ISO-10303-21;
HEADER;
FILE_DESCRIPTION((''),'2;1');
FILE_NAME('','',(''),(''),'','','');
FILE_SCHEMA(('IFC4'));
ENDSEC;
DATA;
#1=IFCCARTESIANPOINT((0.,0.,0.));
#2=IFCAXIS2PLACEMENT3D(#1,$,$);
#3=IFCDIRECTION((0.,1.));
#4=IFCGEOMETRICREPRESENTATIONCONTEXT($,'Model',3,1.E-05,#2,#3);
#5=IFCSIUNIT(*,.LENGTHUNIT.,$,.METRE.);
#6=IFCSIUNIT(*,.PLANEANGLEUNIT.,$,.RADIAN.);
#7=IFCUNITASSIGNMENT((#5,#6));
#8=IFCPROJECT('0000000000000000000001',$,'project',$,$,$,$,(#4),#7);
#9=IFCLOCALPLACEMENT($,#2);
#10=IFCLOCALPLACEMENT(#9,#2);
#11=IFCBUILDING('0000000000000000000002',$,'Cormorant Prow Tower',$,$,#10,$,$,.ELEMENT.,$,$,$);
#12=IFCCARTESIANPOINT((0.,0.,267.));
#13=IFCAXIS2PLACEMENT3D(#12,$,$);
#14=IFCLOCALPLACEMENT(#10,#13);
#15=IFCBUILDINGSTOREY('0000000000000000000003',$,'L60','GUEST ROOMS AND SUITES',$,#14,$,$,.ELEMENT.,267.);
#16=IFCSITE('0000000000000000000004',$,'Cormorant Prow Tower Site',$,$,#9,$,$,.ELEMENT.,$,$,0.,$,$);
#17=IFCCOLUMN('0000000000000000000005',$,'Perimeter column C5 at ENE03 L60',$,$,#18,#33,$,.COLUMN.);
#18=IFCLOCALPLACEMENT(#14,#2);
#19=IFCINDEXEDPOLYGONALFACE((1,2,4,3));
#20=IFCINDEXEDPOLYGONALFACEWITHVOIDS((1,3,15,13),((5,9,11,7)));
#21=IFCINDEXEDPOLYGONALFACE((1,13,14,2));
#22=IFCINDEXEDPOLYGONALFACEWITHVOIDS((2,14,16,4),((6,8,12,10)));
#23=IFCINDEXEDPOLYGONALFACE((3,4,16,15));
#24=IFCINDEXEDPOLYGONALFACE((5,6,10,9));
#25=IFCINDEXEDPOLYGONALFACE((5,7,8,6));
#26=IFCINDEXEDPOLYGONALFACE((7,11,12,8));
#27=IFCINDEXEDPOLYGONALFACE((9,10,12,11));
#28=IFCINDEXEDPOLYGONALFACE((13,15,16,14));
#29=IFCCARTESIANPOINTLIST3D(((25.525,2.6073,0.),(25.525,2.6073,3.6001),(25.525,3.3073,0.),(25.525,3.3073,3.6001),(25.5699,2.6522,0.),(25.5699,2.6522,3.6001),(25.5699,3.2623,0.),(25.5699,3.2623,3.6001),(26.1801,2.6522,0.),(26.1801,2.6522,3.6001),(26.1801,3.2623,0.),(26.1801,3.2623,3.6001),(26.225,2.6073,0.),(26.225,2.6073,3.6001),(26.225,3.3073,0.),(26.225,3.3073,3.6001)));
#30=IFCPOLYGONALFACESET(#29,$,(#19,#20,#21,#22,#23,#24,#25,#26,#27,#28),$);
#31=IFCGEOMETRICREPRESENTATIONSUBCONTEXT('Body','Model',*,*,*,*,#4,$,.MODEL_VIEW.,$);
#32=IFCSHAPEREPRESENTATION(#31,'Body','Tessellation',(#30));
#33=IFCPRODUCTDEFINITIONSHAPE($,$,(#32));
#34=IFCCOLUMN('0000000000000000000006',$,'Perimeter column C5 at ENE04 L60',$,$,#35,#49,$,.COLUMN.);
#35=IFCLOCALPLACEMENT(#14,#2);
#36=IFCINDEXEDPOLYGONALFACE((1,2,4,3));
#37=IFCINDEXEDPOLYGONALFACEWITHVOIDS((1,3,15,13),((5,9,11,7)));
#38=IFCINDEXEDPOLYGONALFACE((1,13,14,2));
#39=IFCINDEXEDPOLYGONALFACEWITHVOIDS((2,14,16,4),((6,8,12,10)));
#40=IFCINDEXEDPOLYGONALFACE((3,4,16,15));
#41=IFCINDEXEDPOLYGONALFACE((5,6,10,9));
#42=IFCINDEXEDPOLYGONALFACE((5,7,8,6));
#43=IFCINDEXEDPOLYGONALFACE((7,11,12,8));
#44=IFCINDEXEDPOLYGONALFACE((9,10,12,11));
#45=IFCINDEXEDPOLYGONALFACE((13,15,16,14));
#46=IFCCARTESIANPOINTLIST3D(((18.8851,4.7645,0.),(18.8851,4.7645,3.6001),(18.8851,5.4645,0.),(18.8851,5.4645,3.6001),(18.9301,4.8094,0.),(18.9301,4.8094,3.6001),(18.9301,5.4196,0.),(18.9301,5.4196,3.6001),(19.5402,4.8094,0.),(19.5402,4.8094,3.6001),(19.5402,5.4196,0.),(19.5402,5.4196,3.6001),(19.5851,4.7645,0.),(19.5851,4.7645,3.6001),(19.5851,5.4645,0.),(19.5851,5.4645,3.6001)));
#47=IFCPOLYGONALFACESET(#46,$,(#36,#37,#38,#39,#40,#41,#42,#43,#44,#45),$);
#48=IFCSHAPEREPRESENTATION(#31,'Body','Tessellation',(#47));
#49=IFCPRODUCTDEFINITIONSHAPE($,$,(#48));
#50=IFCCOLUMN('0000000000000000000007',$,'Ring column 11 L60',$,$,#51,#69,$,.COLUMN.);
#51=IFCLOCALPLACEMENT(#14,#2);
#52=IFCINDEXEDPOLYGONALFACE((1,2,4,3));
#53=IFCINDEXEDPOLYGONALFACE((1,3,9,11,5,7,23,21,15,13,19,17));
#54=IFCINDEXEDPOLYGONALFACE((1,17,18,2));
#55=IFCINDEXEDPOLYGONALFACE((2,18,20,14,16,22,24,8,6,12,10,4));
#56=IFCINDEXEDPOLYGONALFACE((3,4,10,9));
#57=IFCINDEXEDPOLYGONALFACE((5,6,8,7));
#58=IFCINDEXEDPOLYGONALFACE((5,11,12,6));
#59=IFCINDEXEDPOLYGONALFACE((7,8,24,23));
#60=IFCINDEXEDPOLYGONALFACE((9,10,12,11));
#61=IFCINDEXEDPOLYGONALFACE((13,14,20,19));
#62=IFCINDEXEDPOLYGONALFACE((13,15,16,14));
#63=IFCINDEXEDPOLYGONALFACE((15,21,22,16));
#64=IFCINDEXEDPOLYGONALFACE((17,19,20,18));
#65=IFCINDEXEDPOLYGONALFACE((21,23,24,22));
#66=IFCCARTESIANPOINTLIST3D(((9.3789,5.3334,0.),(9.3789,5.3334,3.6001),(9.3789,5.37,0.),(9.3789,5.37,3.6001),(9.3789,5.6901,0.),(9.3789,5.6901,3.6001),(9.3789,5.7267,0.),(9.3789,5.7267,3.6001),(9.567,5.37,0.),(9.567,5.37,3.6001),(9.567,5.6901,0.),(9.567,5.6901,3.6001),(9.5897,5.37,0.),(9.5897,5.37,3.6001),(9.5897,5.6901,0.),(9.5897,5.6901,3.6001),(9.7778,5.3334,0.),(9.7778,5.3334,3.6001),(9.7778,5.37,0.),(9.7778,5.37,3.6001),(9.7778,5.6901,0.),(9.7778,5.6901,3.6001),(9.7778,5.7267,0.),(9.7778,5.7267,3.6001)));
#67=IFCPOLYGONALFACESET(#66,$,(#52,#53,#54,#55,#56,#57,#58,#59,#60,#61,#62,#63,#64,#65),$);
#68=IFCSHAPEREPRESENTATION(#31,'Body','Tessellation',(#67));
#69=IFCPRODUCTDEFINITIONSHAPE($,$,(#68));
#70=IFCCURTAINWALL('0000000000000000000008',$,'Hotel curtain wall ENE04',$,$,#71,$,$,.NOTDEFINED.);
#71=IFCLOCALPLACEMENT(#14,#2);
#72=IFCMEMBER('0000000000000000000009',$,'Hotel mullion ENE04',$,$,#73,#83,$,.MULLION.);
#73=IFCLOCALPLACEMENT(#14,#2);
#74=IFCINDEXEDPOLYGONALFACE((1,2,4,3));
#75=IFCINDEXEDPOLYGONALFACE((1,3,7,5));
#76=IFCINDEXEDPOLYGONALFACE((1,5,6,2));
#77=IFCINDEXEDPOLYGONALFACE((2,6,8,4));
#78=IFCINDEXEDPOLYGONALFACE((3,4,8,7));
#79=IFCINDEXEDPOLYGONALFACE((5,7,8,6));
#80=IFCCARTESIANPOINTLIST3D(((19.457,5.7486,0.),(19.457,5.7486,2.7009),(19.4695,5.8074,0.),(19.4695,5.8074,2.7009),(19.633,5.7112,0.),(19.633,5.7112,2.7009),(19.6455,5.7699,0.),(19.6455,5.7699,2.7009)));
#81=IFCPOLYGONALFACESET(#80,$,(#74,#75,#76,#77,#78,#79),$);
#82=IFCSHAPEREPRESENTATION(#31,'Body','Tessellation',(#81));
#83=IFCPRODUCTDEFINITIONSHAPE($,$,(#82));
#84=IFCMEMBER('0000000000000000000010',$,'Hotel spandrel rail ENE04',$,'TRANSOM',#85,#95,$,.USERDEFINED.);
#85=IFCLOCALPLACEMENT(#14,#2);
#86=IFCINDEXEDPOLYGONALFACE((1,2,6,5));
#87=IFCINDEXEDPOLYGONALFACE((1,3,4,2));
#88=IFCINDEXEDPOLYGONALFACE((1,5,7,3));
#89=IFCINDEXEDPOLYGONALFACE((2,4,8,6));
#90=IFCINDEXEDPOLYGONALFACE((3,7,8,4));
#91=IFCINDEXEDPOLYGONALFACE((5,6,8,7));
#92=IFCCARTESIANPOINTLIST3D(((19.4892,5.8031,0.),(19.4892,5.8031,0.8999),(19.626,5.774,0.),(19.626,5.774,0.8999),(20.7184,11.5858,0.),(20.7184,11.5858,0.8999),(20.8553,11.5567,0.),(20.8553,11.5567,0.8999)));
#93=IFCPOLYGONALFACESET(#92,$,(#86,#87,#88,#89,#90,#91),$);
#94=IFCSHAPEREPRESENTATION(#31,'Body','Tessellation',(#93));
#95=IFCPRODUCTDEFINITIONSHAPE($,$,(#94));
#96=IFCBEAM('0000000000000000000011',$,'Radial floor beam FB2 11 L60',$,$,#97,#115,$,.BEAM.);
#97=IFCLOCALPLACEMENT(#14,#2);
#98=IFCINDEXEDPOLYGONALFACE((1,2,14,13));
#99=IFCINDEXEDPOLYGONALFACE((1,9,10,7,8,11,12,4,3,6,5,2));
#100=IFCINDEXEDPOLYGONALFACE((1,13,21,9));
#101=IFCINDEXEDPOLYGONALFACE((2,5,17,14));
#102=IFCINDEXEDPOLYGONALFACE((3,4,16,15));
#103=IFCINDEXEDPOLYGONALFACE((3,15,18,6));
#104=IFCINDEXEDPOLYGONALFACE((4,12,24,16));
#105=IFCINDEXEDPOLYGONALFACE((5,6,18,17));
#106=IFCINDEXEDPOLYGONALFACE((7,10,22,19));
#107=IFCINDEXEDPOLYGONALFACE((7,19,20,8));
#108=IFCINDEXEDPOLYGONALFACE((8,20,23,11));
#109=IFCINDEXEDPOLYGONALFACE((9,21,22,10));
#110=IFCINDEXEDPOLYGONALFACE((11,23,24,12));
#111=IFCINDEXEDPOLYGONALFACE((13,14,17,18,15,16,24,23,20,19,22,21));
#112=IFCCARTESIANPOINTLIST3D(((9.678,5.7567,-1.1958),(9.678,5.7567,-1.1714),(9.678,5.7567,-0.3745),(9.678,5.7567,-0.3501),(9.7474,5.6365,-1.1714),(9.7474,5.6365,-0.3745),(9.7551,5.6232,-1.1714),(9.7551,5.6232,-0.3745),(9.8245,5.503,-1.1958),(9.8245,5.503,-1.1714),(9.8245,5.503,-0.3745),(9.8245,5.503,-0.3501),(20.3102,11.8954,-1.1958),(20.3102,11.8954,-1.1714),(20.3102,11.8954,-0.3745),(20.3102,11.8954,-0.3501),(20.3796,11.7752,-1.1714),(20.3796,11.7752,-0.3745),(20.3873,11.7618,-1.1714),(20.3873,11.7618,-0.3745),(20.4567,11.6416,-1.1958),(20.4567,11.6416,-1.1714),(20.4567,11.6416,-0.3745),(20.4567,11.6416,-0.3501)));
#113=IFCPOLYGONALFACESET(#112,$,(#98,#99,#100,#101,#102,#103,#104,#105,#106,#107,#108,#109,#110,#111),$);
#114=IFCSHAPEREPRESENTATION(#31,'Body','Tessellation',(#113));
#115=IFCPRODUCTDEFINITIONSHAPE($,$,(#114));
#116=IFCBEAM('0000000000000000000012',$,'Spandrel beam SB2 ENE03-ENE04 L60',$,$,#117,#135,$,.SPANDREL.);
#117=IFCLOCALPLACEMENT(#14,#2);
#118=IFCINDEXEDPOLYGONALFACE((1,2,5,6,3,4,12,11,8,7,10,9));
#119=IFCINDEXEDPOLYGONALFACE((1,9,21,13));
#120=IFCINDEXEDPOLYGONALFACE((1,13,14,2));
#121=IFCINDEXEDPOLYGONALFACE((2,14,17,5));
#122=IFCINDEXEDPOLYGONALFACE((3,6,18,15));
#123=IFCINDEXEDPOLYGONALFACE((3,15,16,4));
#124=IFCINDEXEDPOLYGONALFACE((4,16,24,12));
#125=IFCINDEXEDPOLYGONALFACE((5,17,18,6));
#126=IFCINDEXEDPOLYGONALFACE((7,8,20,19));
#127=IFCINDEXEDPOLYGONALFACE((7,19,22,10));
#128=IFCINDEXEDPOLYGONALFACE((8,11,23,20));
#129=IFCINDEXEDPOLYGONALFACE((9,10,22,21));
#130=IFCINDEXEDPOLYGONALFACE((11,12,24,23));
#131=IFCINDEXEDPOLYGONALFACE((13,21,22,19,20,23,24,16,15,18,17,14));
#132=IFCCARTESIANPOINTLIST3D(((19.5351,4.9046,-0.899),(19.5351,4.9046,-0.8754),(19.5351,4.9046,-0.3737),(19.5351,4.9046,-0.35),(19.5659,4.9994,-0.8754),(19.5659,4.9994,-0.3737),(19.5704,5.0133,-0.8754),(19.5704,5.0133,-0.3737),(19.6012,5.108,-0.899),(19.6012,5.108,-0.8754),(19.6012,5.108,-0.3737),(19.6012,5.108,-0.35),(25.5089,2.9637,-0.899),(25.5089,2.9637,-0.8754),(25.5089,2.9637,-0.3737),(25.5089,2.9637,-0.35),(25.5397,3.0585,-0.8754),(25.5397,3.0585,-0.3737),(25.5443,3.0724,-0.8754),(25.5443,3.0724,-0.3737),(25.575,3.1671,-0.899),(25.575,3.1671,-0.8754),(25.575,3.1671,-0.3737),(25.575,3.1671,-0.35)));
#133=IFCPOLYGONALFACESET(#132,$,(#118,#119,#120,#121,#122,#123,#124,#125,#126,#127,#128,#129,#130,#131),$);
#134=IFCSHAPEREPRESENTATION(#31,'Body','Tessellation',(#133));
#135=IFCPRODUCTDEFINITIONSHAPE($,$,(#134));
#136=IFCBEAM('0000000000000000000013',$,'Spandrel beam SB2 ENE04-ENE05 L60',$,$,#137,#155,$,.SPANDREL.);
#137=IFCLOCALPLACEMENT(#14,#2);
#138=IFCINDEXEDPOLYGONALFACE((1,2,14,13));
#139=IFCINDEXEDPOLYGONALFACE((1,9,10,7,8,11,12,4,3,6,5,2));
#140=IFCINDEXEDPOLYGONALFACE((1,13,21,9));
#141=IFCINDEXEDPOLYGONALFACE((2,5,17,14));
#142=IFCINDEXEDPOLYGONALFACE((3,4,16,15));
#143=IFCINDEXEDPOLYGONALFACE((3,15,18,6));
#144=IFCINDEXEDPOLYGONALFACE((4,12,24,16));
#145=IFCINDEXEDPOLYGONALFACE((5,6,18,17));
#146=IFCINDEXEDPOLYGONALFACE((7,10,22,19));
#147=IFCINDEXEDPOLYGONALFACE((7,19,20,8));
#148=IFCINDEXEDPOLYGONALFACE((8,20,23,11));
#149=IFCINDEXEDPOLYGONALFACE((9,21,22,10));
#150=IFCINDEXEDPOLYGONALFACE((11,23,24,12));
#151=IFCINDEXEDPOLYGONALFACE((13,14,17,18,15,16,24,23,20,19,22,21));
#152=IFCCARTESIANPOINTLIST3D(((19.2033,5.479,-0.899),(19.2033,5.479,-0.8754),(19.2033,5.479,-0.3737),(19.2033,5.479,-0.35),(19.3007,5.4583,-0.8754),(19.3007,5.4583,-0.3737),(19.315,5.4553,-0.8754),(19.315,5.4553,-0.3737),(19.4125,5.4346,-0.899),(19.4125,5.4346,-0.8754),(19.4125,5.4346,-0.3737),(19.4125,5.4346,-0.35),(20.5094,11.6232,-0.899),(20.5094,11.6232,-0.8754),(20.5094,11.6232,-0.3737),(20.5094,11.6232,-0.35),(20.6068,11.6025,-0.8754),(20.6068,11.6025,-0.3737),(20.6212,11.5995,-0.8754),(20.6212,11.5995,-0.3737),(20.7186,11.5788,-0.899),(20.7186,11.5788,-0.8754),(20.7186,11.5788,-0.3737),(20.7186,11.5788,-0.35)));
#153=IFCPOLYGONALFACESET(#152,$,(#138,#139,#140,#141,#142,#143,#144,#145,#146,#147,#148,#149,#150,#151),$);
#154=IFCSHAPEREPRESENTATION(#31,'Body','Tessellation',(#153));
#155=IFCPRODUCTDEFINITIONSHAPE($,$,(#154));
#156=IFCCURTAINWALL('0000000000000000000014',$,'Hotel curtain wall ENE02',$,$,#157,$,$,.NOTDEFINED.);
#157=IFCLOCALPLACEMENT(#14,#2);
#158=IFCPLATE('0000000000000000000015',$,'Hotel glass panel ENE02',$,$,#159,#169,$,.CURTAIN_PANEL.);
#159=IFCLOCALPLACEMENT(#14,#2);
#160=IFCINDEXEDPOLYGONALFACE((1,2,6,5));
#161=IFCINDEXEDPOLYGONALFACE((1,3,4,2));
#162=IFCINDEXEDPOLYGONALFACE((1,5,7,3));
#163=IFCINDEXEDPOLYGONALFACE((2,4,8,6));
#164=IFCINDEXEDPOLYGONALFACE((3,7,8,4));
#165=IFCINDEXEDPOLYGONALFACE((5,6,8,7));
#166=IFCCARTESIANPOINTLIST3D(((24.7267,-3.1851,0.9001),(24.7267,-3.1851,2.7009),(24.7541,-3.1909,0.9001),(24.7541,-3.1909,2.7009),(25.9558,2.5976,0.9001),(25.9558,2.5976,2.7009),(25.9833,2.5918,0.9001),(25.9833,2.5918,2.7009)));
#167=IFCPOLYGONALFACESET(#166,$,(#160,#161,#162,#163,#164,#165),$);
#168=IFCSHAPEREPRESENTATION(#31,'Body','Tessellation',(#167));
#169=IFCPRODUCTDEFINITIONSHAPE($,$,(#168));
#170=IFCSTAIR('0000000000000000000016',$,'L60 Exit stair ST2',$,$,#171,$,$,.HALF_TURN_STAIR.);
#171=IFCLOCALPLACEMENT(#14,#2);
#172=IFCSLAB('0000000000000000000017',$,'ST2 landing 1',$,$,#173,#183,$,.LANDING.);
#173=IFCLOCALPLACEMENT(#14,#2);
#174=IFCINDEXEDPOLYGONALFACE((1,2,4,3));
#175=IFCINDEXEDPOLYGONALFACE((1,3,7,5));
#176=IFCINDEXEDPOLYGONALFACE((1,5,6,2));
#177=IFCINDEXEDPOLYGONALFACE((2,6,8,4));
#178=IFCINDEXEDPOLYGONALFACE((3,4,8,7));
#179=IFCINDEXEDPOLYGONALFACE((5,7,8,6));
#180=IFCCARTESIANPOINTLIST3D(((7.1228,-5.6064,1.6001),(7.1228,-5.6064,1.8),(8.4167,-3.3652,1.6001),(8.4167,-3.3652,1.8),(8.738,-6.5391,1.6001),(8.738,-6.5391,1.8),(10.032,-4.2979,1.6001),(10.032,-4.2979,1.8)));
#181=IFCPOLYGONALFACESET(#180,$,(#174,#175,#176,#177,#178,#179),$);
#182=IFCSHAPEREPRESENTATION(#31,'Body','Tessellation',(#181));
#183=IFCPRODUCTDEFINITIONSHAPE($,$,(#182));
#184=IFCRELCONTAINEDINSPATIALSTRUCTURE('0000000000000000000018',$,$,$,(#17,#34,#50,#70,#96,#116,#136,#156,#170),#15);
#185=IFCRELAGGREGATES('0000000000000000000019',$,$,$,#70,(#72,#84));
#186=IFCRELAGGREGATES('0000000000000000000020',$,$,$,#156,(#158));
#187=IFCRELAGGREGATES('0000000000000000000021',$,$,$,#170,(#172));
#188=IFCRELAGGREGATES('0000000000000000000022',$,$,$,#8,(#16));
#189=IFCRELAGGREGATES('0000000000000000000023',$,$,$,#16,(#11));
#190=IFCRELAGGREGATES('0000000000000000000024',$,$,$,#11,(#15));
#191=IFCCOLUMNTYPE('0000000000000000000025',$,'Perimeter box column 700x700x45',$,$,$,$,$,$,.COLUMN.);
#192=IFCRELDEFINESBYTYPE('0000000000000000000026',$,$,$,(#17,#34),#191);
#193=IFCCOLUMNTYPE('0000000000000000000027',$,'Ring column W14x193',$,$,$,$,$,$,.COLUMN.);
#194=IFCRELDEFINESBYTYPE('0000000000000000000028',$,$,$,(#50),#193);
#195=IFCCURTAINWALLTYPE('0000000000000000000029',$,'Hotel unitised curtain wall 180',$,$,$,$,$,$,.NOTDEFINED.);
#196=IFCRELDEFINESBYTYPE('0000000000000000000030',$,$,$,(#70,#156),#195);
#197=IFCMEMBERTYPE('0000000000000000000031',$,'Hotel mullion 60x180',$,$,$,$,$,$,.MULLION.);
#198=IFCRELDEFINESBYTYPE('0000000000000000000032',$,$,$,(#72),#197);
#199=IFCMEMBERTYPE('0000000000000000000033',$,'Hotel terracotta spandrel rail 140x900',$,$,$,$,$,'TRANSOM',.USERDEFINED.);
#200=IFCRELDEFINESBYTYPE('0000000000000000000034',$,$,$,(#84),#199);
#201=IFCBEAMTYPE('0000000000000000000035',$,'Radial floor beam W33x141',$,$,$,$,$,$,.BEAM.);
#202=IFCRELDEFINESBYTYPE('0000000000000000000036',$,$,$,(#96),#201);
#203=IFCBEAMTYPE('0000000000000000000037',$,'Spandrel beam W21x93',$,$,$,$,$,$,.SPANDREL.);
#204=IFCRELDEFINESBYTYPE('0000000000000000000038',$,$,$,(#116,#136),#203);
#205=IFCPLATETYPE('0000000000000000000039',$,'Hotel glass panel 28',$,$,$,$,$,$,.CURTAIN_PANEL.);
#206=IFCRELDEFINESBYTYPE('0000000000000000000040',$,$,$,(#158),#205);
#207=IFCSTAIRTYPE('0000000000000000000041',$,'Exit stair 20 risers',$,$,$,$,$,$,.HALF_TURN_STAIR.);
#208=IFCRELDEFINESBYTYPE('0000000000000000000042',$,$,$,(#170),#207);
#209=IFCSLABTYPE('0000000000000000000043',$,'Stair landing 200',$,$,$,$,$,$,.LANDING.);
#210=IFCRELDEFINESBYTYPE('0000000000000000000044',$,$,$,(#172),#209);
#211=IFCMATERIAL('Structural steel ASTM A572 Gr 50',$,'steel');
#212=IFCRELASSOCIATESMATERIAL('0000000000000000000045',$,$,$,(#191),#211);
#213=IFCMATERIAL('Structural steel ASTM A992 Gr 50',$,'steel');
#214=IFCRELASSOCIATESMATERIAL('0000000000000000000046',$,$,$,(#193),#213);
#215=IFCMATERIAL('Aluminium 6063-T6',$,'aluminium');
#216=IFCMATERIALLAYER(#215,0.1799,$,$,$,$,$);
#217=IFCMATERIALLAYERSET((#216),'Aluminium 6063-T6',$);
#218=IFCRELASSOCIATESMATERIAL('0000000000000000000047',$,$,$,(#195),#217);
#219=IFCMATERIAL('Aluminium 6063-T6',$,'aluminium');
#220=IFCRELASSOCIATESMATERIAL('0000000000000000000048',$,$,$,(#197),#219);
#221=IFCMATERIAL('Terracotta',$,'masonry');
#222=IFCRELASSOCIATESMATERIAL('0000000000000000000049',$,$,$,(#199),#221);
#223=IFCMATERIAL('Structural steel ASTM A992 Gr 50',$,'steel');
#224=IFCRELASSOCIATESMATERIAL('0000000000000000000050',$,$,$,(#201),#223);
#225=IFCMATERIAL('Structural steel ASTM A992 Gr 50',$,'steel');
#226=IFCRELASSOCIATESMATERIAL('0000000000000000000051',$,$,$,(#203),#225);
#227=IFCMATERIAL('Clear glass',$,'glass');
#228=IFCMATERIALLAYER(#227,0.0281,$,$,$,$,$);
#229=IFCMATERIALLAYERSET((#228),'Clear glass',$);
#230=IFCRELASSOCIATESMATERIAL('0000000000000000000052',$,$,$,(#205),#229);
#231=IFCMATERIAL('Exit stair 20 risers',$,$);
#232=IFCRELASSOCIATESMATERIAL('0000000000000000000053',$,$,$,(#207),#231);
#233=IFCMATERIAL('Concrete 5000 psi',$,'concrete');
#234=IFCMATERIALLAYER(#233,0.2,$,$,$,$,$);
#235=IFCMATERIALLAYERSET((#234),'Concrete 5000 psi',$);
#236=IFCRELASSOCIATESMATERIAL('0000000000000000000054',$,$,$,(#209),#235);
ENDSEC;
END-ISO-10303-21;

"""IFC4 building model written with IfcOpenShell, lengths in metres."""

from ifc_helpers import new_model, si_unit, direction, frame, origin, origin_2d, place, context, subcontext, project, spatial, polyline, rectangle, hollow_rectangle, i_section, outline, extrude, material, layer, layer_set, material_profile, profile_set, type_object, element, aggregate, save


model = new_model("IFC4")

# Units and contexts
model_context = context("Model", 3, precision=1e-05, world=origin(), true_north=direction((0.0, 1.0)))
body_context = subcontext(model_context, "Body", "Model", "MODEL_VIEW")
ifc_project = project(units=[si_unit("LENGTHUNIT", "METRE"), si_unit("PLANEANGLEUNIT", "RADIAN")], contexts=[model_context])

# Site, building, storey
site_placement = place(None, origin())
site = spatial("IfcSite", under=ifc_project, at=site_placement, Name="Cormorant Prow Tower Site", CompositionType="ELEMENT", RefElevation=0.0)
building_placement = place(site_placement, origin())
building = spatial("IfcBuilding", under=site, at=building_placement, Name="Cormorant Prow Tower", CompositionType="ELEMENT")
storey_placement = place(building_placement, frame((0.0, 0.0, 267.0)))
storey = spatial("IfcBuildingStorey", under=building, at=storey_placement, Name="L60", Description="GUEST ROOMS AND SUITES", CompositionType="ELEMENT", Elevation=267.0)

# Columns
ifc_material_1 = material(Name="Structural steel ASTM A572 Gr 50", Category="steel")
ifc_material_profile_1 = material_profile(ifc_material_1, hollow_rectangle(XDim=0.7, YDim=0.7, WallThickness=0.0449, at=origin_2d()), Name="Box 700x700x45")
ifc_profile_set_1 = profile_set([ifc_material_profile_1], Name="Structural steel ASTM A572 Gr 50")
column_type_1 = type_object("IfcColumnType", Name="Perimeter box column 700x700x45", PredefinedType="COLUMN", material=ifc_profile_set_1)
for number, where, z_axis, x_axis, name in (
    (1, (25.875, 2.9573, 0.0), (0.0, 0.0, 1.0), (1.0, 0.0, 0.0), "Perimeter column C5 at ENE03 L60"),
    (2, (19.2351, 5.1145, 0.0), (0.0, 0.0, 1.0), (1.0, 0.0, 0.0), "Perimeter column C5 at ENE04 L60"),
):
    element("IfcColumn", number, at=place(storey_placement, frame(where, z_axis=z_axis, x_axis=x_axis)), inside=storey, type_object=column_type_1, Name=name, PredefinedType="COLUMN", context=body_context, shape_type="SweptSolid", body=[
        extrude(hollow_rectangle(XDim=0.7, YDim=0.7, WallThickness=0.0449, at=origin_2d()), origin(), (0.0, 0.0, 1.0), 3.6001),
    ])
ifc_material_2 = material(Name="Structural steel ASTM A992 Gr 50", Category="steel")
ifc_material_profile_2 = material_profile(ifc_material_2, i_section(OverallWidth=0.3989, OverallDepth=0.3933, WebThickness=0.0227, FlangeThickness=0.0366, at=origin_2d()), Name="W14x193")
ifc_profile_set_2 = profile_set([ifc_material_profile_2], Name="Structural steel ASTM A992 Gr 50")
column_type_2 = type_object("IfcColumnType", Name="Ring column W14x193", PredefinedType="COLUMN", material=ifc_profile_set_2)
column_placement = place(storey_placement, frame((9.5784, 5.53, 0.0), z_axis=(0.0, 0.0, 1.0), x_axis=(1.0, 0.0, 0.0)))
element("IfcColumn", 3, at=column_placement, inside=storey, type_object=column_type_2, Name="Ring column 11 L60", PredefinedType="COLUMN", context=body_context, shape_type="SweptSolid", body=[
    extrude(i_section(OverallWidth=0.3989, OverallDepth=0.3933, WebThickness=0.0227, FlangeThickness=0.0366, at=origin_2d()), origin(), (0.0, 0.0, 1.0), 3.6001),
])

# Curtain wall, members
ifc_material_3 = material(Name="Aluminium 6063-T6", Category="aluminium")
ifc_layer_1 = layer(ifc_material_3, 0.1799)
ifc_layer_set_1 = layer_set([ifc_layer_1], Name="Aluminium 6063-T6")
curtain_wall_type = type_object("IfcCurtainWallType", Name="Hotel unitised curtain wall 180", PredefinedType="NOTDEFINED", material=ifc_layer_set_1)
curtain_wall_1_placement = place(storey_placement, origin())
curtain_wall_1 = element("IfcCurtainWall", 4, at=curtain_wall_1_placement, inside=storey, type_object=curtain_wall_type, Name="Hotel curtain wall ENE04", PredefinedType="NOTDEFINED")
ifc_material_4 = material(Name="Aluminium 6063-T6", Category="aluminium")
ifc_material_profile_3 = material_profile(ifc_material_4, rectangle(XDim=0.1799, YDim=0.0601, at=origin_2d()), Name="Hotel mullion 60x180")
ifc_profile_set_3 = profile_set([ifc_material_profile_3], Name="Aluminium 6063-T6")
member_type_1 = type_object("IfcMemberType", Name="Hotel mullion 60x180", PredefinedType="MULLION", material=ifc_profile_set_3)
member_1_placement = place(storey_placement, frame((19.5513, 5.7593, 0.0), z_axis=(0.0, 0.0, 1.0), x_axis=(-0.978148, 0.207912, 0.0)))
member_1 = element("IfcMember", 5, at=member_1_placement, type_object=member_type_1, Name="Hotel mullion ENE04", PredefinedType="MULLION", context=body_context, shape_type="SweptSolid", body=[
    extrude(rectangle(XDim=0.1799, YDim=0.0601, at=origin_2d()), origin(), (0.0, 0.0, 1.0), 2.7009),
])
ifc_material_5 = material(Name="Terracotta", Category="masonry")
ifc_material_profile_4 = material_profile(ifc_material_5, rectangle(XDim=0.1399, YDim=0.8999, at=origin_2d()), Name="Hotel terracotta spandrel rail 140x900")
ifc_profile_set_4 = profile_set([ifc_material_profile_4], Name="Terracotta")
member_type_2 = type_object("IfcMemberType", Name="Hotel terracotta spandrel rail 140x900", ElementType="TRANSOM", PredefinedType="USERDEFINED", material=ifc_profile_set_4)
member_2_placement = place(storey_placement, frame((19.5576, 5.7886, 0.45), z_axis=(0.207927, 0.978144, 0.0), x_axis=(-0.978144, 0.207927, 0.0)))
member_2 = element("IfcMember", 6, at=member_2_placement, type_object=member_type_2, Name="Hotel spandrel rail ENE04", ObjectType="TRANSOM", PredefinedType="USERDEFINED", context=body_context, shape_type="SweptSolid", body=[
    extrude(rectangle(XDim=0.1399, YDim=0.8999, at=origin_2d()), origin(), (0.0, 0.0, 1.0), 5.9119),
])
aggregate(curtain_wall_1, [member_1, member_2])

# Beams
ifc_material_6 = material(Name="Structural steel ASTM A992 Gr 50", Category="steel")
ifc_material_profile_5 = material_profile(ifc_material_6, i_section(OverallWidth=0.293, OverallDepth=0.8457, WebThickness=0.0154, FlangeThickness=0.0244, at=origin_2d()), Name="W33x141")
ifc_profile_set_5 = profile_set([ifc_material_profile_5], Name="Structural steel ASTM A992 Gr 50")
beam_type_1 = type_object("IfcBeamType", Name="Radial floor beam W33x141", PredefinedType="BEAM", material=ifc_profile_set_5)
beam_1_placement = place(storey_placement, frame((9.7512, 5.6299, -0.7729), z_axis=(0.866022, 0.500006, 0.0), x_axis=(-0.500006, 0.866022, 0.0)))
element("IfcBeam", 7, at=beam_1_placement, inside=storey, type_object=beam_type_1, Name="Radial floor beam FB2 11 L60", PredefinedType="BEAM", context=body_context, shape_type="SweptSolid", body=[
    extrude(i_section(OverallWidth=0.293, OverallDepth=0.8457, WebThickness=0.0154, FlangeThickness=0.0244, at=origin_2d()), origin(), (0.0, 0.0, 1.0), 12.2771),
])
ifc_material_7 = material(Name="Structural steel ASTM A992 Gr 50", Category="steel")
ifc_material_profile_6 = material_profile(ifc_material_7, i_section(OverallWidth=0.2139, OverallDepth=0.5491, WebThickness=0.0146, FlangeThickness=0.0237, at=origin_2d()), Name="W21x93")
ifc_profile_set_6 = profile_set([ifc_material_profile_6], Name="Structural steel ASTM A992 Gr 50")
beam_type_2 = type_object("IfcBeamType", Name="Spandrel beam W21x93", PredefinedType="SPANDREL", material=ifc_profile_set_6)
beam_2_placement = place(storey_placement, frame((25.542, 3.0654, -0.6245), z_axis=(-0.951062, 0.309001, 0.0), x_axis=(-0.309001, -0.951062, 0.0)))
element("IfcBeam", 8, at=beam_2_placement, inside=storey, type_object=beam_type_2, Name="Spandrel beam SB2 ENE03-ENE04 L60", PredefinedType="SPANDREL", context=body_context, shape_type="SweptSolid", body=[
    extrude(i_section(OverallWidth=0.2139, OverallDepth=0.5491, WebThickness=0.0146, FlangeThickness=0.0237, at=origin_2d()), origin(), (0.0, 0.0, 1.0), 6.2812),
])
beam_3_placement = place(storey_placement, frame((19.3079, 5.4568, -0.6245), z_axis=(0.207934, 0.978143, 0.0), x_axis=(-0.978143, 0.207934, 0.0)))
element("IfcBeam", 9, at=beam_3_placement, inside=storey, type_object=beam_type_2, Name="Spandrel beam SB2 ENE04-ENE05 L60", PredefinedType="SPANDREL", context=body_context, shape_type="SweptSolid", body=[
    extrude(i_section(OverallWidth=0.2139, OverallDepth=0.5491, WebThickness=0.0146, FlangeThickness=0.0237, at=origin_2d()), origin(), (0.0, 0.0, 1.0), 6.2815),
])

# Curtain wall, plate
curtain_wall_2_placement = place(storey_placement, origin())
curtain_wall_2 = element("IfcCurtainWall", 10, at=curtain_wall_2_placement, inside=storey, type_object=curtain_wall_type, Name="Hotel curtain wall ENE02", PredefinedType="NOTDEFINED")
ifc_material_8 = material(Name="Clear glass", Category="glass")
ifc_layer_2 = layer(ifc_material_8, 0.0281)
ifc_layer_set_2 = layer_set([ifc_layer_2], Name="Clear glass")
plate_type = type_object("IfcPlateType", Name="Hotel glass panel 28", PredefinedType="CURTAIN_PANEL", material=ifc_layer_set_2)
plate_placement = place(storey_placement, frame((25.355, -0.2966, 0.9001), z_axis=(0.0, 0.0, 1.0), x_axis=(0.207912, 0.978148, 0.0)))
plate = element("IfcPlate", 11, at=plate_placement, type_object=plate_type, Name="Hotel glass panel ENE02", PredefinedType="CURTAIN_PANEL", context=body_context, shape_type="SweptSolid", body=[
    extrude(rectangle(XDim=5.9119, YDim=0.0281, at=origin_2d()), origin(), (0.0, 0.0, 1.0), 1.8008),
])
aggregate(curtain_wall_2, [plate])

# Stair, slab
ifc_material_9 = material(Name="Exit stair 20 risers")
stair_type = type_object("IfcStairType", Name="Exit stair 20 risers", PredefinedType="HALF_TURN_STAIR", material=ifc_material_9)
stair_1_placement = place(storey_placement, origin())
stair_1 = element("IfcStair", 12, at=stair_1_placement, inside=storey, type_object=stair_type, Name="L60 Exit stair ST2", PredefinedType="HALF_TURN_STAIR")
ifc_material_10 = material(Name="Concrete 5000 psi", Category="concrete")
ifc_layer_3 = layer(ifc_material_10, 0.2)
ifc_layer_set_3 = layer_set([ifc_layer_3], Name="Concrete 5000 psi")
slab_type = type_object("IfcSlabType", Name="Stair landing 200", PredefinedType="LANDING", material=ifc_layer_set_3)
slab_1_placement = place(storey_placement, frame((0.0, 0.0, 1.6001)))
slab_1 = element("IfcSlab", 13, at=slab_1_placement, type_object=slab_type, Name="ST2 landing 1", PredefinedType="LANDING", context=body_context, shape_type="SweptSolid", body=[
    extrude(outline(polyline([(7.1228, -5.6064), (8.738, -6.5391), (10.032, -4.2979), (8.4167, -3.3652), (7.1228, -5.6064)])), origin(), (0.0, 0.0, 1.0), 0.2),
])
aggregate(stair_1, [slab_1])

save(model, "model.ifc")
